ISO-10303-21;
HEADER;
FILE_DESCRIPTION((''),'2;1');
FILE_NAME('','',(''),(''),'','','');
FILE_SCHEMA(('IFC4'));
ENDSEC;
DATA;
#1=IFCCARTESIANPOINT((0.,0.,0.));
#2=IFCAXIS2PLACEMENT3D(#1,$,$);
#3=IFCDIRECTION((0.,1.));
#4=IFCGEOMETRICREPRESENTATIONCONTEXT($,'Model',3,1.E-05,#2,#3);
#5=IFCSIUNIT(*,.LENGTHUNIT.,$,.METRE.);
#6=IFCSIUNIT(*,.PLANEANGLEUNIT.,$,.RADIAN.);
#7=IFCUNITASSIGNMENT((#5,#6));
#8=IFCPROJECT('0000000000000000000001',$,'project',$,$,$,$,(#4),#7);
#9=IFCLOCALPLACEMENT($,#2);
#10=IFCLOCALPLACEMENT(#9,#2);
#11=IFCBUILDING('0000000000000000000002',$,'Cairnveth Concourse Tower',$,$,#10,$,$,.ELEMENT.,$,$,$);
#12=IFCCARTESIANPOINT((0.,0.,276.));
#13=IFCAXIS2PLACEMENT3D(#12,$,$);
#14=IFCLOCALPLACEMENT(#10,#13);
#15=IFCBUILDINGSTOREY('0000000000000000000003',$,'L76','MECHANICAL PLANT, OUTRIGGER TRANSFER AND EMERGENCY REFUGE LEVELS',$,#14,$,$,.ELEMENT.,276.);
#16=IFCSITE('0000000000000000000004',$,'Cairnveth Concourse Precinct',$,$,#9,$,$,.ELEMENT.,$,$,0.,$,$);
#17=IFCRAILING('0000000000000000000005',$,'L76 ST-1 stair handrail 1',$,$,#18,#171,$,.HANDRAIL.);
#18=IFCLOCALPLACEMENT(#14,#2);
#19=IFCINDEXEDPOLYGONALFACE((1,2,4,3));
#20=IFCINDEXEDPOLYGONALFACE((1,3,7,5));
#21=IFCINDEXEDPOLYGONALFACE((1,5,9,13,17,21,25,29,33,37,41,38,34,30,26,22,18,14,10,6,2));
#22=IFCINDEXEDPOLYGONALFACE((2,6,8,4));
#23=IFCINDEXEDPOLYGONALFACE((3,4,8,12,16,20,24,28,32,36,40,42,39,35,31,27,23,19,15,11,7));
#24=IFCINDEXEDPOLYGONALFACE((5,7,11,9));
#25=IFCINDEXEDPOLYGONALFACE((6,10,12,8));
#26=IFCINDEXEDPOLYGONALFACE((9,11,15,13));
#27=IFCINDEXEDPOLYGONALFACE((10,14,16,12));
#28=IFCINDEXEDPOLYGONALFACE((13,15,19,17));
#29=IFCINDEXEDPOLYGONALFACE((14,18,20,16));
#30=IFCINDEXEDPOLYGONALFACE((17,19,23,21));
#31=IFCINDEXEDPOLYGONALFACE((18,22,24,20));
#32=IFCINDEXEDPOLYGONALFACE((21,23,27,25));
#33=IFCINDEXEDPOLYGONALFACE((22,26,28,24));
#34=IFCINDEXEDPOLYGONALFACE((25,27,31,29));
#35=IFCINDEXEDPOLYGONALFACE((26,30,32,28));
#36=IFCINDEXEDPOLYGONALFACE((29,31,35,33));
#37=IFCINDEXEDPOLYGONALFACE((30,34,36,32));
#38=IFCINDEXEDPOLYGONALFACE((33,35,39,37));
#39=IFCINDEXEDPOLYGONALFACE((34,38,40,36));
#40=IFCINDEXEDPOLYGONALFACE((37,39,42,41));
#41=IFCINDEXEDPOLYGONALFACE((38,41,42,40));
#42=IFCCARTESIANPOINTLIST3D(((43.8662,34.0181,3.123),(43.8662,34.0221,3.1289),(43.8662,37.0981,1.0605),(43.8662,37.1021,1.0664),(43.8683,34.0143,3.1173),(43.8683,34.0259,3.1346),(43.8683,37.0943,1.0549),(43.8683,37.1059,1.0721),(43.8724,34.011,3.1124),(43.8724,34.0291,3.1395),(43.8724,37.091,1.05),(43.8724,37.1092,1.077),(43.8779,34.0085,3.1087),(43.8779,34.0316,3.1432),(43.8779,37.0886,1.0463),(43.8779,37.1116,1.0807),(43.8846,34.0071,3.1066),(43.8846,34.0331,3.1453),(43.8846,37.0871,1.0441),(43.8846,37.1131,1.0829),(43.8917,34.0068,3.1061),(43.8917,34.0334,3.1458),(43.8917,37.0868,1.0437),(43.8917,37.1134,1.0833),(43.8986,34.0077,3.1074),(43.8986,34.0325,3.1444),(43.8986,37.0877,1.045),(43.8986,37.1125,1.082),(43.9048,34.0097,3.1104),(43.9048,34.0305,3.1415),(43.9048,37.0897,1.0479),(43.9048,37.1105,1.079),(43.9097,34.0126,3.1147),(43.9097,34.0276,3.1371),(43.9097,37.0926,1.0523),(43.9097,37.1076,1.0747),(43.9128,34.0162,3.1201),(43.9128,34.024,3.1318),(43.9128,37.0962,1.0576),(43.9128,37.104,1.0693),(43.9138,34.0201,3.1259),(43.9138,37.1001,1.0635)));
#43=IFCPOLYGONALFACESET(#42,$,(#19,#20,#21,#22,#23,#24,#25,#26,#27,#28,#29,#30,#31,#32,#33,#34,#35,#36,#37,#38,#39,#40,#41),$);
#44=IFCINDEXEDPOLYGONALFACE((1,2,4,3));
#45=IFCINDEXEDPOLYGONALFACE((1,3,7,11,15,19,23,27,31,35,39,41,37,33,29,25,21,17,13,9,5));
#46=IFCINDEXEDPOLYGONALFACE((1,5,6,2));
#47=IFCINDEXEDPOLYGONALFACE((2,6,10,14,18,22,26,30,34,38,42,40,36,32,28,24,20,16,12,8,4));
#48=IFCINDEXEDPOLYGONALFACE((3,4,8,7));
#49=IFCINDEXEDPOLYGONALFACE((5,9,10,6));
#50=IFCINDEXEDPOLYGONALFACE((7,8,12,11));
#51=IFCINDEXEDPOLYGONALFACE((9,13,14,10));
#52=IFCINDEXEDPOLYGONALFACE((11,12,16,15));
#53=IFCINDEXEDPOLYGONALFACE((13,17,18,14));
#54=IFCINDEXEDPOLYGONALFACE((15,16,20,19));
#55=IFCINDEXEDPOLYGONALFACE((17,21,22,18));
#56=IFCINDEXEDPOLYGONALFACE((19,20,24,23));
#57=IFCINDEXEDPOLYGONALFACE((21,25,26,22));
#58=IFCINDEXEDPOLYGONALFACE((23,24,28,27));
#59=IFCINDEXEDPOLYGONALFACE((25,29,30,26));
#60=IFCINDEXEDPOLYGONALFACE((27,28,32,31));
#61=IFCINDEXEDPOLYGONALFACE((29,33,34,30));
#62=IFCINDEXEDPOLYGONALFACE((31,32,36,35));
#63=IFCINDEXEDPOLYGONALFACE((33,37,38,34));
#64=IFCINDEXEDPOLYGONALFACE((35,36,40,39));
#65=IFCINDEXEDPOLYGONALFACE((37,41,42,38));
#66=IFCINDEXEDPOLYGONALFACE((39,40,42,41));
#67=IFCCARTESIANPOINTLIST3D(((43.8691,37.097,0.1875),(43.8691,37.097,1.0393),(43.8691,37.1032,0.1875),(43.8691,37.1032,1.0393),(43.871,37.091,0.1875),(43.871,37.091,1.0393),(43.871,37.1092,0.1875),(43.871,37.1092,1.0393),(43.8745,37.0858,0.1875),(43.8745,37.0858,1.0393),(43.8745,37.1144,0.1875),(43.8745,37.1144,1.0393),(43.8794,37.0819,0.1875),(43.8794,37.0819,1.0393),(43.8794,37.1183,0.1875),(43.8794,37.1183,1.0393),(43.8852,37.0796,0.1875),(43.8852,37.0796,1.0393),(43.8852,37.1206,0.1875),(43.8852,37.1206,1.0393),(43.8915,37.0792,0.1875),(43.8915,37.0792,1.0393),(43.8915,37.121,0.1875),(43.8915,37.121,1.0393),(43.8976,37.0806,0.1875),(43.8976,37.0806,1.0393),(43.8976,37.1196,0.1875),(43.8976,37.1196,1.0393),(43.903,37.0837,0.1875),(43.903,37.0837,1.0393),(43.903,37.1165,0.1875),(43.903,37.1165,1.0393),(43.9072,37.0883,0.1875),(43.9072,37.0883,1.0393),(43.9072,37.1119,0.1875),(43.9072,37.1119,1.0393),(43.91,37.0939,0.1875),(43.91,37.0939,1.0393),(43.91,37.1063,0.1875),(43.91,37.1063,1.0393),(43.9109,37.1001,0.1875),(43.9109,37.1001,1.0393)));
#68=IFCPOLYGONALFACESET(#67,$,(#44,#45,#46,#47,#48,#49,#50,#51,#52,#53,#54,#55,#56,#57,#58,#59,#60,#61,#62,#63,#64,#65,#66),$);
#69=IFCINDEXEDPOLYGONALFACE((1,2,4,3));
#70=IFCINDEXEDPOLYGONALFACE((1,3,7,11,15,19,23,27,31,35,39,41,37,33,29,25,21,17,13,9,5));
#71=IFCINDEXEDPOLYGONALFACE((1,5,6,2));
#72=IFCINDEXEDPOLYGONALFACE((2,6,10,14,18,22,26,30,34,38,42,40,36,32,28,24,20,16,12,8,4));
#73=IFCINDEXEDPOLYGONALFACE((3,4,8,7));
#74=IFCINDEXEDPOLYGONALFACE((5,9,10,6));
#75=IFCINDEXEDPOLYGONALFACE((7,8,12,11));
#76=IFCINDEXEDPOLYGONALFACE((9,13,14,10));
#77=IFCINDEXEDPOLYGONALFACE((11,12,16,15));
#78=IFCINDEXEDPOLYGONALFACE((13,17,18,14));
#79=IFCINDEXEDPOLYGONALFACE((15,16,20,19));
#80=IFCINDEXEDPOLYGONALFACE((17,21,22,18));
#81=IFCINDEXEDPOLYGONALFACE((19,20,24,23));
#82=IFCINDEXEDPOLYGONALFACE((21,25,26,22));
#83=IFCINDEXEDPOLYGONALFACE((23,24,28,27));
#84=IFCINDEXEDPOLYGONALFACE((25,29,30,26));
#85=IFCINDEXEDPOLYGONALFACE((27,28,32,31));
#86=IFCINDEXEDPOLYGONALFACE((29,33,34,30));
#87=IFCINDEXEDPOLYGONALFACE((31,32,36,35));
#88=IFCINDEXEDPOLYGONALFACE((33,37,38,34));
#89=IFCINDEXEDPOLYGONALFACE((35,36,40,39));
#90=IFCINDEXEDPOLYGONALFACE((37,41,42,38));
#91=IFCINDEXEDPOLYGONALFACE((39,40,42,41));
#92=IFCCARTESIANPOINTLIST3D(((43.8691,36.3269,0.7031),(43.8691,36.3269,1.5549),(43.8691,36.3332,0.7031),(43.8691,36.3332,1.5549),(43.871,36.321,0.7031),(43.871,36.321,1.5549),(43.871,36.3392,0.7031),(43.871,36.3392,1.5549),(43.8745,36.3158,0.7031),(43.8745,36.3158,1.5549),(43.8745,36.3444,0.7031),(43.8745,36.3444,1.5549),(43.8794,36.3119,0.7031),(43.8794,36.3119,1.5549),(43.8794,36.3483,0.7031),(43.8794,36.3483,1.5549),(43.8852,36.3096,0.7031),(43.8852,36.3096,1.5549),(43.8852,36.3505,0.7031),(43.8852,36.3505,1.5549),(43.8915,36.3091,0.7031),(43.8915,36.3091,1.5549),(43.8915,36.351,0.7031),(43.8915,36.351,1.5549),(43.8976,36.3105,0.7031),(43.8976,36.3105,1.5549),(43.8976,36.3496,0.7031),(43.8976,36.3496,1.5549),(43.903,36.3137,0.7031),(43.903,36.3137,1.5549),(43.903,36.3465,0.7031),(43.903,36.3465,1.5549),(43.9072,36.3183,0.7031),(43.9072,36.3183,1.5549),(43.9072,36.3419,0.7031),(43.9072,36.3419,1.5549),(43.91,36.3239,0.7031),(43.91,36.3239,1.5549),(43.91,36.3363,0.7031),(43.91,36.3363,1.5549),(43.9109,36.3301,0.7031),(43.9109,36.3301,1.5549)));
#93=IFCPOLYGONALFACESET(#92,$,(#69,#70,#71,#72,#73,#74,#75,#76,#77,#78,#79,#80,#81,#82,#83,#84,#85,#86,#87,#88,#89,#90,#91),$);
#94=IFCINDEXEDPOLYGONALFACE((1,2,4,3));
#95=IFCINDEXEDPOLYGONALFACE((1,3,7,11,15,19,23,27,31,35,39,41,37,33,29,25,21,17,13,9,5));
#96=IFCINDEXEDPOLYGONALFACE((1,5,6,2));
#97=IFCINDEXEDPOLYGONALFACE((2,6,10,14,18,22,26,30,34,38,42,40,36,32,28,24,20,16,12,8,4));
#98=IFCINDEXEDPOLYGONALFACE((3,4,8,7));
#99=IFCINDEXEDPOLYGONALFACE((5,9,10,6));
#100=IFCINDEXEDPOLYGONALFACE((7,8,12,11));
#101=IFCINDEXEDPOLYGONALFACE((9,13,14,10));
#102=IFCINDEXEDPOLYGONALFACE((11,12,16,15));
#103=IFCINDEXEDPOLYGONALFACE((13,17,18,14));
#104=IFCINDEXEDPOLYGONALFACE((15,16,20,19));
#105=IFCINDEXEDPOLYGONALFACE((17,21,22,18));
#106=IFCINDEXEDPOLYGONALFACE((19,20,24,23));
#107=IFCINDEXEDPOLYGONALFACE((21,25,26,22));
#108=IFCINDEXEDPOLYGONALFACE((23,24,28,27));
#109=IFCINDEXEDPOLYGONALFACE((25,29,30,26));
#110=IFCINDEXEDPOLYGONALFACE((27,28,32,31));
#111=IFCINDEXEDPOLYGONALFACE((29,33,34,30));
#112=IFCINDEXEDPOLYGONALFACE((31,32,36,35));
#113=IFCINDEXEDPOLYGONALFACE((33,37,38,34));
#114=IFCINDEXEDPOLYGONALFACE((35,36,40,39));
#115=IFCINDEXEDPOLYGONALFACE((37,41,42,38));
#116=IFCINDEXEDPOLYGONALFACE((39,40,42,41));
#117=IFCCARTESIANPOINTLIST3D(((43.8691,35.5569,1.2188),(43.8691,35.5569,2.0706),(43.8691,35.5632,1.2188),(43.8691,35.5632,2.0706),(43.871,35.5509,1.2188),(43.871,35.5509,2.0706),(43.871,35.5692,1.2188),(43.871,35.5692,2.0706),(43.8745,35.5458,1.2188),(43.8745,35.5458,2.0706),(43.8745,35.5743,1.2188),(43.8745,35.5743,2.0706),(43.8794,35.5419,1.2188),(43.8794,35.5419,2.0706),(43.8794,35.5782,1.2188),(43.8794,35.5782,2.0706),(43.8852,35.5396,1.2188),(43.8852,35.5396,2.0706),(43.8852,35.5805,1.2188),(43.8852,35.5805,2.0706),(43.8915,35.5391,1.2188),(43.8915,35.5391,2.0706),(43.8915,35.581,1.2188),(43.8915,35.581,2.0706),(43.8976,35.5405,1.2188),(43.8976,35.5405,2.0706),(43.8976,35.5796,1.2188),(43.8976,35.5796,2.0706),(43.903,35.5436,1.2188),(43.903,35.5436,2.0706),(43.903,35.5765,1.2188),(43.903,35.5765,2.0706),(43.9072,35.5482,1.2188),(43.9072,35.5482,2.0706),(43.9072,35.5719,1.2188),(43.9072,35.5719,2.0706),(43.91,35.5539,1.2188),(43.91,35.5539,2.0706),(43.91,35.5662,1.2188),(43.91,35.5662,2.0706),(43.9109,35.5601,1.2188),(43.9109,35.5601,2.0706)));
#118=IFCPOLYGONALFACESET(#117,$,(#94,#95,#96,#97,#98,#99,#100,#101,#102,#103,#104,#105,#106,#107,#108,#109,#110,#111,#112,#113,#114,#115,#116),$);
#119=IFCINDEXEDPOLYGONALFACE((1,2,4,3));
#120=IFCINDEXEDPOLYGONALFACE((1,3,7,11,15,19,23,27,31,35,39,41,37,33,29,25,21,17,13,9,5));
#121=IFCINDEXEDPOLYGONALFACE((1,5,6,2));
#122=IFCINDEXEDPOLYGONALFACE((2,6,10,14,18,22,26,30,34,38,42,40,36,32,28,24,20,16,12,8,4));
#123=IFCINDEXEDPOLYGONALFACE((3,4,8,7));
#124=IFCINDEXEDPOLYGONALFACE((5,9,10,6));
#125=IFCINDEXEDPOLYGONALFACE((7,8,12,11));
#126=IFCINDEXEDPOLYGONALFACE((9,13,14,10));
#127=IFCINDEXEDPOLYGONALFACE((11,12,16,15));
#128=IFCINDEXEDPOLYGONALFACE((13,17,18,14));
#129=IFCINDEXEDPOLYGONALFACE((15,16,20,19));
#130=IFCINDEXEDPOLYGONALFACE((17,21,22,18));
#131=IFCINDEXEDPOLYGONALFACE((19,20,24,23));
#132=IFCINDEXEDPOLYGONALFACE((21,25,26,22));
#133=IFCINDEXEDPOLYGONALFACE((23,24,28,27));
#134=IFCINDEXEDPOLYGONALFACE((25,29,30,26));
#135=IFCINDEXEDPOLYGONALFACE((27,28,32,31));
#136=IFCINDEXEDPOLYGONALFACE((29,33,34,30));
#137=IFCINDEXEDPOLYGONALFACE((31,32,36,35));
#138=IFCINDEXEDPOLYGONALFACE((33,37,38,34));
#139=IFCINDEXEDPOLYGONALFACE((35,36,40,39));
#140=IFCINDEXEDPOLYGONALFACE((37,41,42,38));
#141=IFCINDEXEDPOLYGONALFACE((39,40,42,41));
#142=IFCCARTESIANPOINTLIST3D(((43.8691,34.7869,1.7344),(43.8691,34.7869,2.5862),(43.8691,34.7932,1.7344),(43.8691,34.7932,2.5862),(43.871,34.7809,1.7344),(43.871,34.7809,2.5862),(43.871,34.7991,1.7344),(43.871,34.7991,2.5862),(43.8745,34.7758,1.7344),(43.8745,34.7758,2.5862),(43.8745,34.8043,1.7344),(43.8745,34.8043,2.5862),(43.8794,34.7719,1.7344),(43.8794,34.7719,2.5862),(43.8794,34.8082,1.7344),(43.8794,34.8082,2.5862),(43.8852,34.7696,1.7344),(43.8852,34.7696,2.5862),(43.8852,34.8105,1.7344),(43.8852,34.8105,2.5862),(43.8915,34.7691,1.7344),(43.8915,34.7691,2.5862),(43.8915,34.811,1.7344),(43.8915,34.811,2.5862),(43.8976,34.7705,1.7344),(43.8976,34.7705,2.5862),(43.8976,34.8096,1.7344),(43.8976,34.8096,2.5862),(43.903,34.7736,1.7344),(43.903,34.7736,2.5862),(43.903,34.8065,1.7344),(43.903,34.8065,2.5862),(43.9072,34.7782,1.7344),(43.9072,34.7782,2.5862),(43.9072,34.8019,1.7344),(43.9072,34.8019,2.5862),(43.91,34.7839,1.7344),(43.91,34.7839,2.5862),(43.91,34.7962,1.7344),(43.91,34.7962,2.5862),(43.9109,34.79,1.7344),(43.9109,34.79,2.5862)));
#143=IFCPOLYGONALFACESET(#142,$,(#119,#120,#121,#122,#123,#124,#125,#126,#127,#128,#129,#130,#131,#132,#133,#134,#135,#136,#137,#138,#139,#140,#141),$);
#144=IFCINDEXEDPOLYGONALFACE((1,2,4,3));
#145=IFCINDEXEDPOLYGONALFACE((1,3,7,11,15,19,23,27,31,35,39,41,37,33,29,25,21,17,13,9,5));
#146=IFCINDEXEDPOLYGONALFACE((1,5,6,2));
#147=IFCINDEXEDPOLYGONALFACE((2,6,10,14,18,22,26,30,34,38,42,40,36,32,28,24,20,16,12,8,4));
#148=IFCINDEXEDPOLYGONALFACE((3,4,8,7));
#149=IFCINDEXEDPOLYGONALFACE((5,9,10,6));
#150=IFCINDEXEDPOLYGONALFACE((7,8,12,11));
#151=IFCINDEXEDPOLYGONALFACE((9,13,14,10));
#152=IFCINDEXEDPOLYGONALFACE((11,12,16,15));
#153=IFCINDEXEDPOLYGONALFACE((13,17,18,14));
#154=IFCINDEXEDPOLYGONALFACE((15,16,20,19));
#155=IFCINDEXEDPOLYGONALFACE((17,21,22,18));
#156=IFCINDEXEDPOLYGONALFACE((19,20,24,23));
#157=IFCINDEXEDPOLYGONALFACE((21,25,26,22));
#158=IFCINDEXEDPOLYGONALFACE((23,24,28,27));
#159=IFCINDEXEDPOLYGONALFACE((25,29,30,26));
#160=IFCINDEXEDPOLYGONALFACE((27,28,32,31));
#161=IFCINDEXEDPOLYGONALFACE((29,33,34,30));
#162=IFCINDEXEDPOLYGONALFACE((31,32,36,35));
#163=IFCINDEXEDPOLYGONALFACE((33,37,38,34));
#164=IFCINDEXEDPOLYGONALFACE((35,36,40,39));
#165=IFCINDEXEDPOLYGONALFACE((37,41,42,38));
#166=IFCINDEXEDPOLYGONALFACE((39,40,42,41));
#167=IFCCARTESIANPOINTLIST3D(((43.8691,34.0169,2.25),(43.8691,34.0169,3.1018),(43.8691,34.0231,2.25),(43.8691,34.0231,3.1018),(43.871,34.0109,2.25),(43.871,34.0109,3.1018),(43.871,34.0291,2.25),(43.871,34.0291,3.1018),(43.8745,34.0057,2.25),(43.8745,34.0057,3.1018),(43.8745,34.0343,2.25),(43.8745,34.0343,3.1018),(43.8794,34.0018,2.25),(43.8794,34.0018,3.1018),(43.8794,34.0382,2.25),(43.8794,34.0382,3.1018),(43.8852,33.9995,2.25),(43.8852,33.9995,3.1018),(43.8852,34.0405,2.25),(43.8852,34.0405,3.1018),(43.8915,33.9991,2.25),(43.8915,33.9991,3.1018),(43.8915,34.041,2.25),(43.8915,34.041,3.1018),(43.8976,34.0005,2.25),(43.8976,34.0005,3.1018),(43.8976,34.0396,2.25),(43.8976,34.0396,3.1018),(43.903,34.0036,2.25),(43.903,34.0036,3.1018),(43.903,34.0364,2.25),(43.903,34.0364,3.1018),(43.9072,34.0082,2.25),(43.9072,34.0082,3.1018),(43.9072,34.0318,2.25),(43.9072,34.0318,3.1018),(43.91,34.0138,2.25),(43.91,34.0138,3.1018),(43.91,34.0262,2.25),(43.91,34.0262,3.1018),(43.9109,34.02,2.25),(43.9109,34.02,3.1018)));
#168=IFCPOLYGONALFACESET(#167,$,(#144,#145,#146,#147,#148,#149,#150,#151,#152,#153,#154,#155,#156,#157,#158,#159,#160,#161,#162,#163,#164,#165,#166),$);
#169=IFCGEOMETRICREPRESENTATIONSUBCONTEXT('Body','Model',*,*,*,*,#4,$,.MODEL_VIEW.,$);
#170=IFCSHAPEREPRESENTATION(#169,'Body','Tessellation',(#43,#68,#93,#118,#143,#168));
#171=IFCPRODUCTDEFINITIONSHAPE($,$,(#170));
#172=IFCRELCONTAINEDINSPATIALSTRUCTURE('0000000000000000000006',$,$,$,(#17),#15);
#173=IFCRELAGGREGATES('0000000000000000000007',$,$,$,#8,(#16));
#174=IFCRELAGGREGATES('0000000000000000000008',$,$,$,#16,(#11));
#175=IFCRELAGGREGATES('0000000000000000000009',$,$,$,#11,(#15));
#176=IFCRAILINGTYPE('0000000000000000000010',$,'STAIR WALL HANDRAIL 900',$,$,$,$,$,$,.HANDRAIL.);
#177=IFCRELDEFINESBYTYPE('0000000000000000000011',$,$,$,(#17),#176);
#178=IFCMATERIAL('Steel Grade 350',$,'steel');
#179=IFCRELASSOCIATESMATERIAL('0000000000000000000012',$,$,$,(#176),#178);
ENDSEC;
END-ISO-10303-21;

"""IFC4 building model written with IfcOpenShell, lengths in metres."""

from ifc_helpers import new_model, si_unit, direction, frame, origin, origin_2d, place, context, subcontext, project, spatial, circle, extrude, material, type_object, element, save


model = new_model("IFC4")

# Units and contexts
model_context = context("Model", 3, precision=1e-05, world=origin(), true_north=direction((0.0, 1.0)))
body_context = subcontext(model_context, "Body", "Model", "MODEL_VIEW")
ifc_project = project(units=[si_unit("LENGTHUNIT", "METRE"), si_unit("PLANEANGLEUNIT", "RADIAN")], contexts=[model_context])

# Site, building, storey
site_placement = place(None, origin())
site = spatial("IfcSite", under=ifc_project, at=site_placement, Name="Cairnveth Concourse Precinct", CompositionType="ELEMENT", RefElevation=0.0)
building_placement = place(site_placement, origin())
building = spatial("IfcBuilding", under=site, at=building_placement, Name="Cairnveth Concourse Tower", CompositionType="ELEMENT")
storey_placement = place(building_placement, frame((0.0, 0.0, 276.0)))
storey = spatial("IfcBuildingStorey", under=building, at=storey_placement, Name="L76", Description="MECHANICAL PLANT, OUTRIGGER TRANSFER AND EMERGENCY REFUGE LEVELS", CompositionType="ELEMENT", Elevation=276.0)

# Shared definitions
ifc_material_1 = material(Name="Steel Grade 350", Category="steel")

# Railing
railing_type_1 = type_object("IfcRailingType", Name="STAIR WALL HANDRAIL 900", PredefinedType="HANDRAIL", material=ifc_material_1)
railing_1_placement = place(storey_placement, frame((43.8899, 37.1001, 0.1875)))
element("IfcRailing", 1, at=railing_1_placement, inside=storey, type_object=railing_type_1, Name="L76 ST-1 stair handrail 1", PredefinedType="HANDRAIL", context=body_context, shape_type="SweptSolid", body=[
    extrude(circle(Radius=0.0239, at=origin_2d()), frame((0.0, 0.0, 0.876), z_axis=(0.0, -0.830914, 0.556401), x_axis=(1.0, 0.0, 0.0)), (0.0, 0.0, 1.0), 3.7068),
    extrude(circle(Radius=0.021, at=origin_2d()), origin(), (0.0, 0.0, 1.0), 0.8518),
    extrude(circle(Radius=0.021, at=origin_2d()), frame((0.0, -0.77, 0.5156)), (0.0, 0.0, 1.0), 0.8518),
    extrude(circle(Radius=0.021, at=origin_2d()), frame((0.0, -1.54, 1.0312)), (0.0, 0.0, 1.0), 0.8518),
    extrude(circle(Radius=0.021, at=origin_2d()), frame((0.0, -2.3101, 1.5469)), (0.0, 0.0, 1.0), 0.8518),
    extrude(circle(Radius=0.021, at=origin_2d()), frame((0.0, -3.0801, 2.0625)), (0.0, 0.0, 1.0), 0.8518),
])

save(model, "model.ifc")
